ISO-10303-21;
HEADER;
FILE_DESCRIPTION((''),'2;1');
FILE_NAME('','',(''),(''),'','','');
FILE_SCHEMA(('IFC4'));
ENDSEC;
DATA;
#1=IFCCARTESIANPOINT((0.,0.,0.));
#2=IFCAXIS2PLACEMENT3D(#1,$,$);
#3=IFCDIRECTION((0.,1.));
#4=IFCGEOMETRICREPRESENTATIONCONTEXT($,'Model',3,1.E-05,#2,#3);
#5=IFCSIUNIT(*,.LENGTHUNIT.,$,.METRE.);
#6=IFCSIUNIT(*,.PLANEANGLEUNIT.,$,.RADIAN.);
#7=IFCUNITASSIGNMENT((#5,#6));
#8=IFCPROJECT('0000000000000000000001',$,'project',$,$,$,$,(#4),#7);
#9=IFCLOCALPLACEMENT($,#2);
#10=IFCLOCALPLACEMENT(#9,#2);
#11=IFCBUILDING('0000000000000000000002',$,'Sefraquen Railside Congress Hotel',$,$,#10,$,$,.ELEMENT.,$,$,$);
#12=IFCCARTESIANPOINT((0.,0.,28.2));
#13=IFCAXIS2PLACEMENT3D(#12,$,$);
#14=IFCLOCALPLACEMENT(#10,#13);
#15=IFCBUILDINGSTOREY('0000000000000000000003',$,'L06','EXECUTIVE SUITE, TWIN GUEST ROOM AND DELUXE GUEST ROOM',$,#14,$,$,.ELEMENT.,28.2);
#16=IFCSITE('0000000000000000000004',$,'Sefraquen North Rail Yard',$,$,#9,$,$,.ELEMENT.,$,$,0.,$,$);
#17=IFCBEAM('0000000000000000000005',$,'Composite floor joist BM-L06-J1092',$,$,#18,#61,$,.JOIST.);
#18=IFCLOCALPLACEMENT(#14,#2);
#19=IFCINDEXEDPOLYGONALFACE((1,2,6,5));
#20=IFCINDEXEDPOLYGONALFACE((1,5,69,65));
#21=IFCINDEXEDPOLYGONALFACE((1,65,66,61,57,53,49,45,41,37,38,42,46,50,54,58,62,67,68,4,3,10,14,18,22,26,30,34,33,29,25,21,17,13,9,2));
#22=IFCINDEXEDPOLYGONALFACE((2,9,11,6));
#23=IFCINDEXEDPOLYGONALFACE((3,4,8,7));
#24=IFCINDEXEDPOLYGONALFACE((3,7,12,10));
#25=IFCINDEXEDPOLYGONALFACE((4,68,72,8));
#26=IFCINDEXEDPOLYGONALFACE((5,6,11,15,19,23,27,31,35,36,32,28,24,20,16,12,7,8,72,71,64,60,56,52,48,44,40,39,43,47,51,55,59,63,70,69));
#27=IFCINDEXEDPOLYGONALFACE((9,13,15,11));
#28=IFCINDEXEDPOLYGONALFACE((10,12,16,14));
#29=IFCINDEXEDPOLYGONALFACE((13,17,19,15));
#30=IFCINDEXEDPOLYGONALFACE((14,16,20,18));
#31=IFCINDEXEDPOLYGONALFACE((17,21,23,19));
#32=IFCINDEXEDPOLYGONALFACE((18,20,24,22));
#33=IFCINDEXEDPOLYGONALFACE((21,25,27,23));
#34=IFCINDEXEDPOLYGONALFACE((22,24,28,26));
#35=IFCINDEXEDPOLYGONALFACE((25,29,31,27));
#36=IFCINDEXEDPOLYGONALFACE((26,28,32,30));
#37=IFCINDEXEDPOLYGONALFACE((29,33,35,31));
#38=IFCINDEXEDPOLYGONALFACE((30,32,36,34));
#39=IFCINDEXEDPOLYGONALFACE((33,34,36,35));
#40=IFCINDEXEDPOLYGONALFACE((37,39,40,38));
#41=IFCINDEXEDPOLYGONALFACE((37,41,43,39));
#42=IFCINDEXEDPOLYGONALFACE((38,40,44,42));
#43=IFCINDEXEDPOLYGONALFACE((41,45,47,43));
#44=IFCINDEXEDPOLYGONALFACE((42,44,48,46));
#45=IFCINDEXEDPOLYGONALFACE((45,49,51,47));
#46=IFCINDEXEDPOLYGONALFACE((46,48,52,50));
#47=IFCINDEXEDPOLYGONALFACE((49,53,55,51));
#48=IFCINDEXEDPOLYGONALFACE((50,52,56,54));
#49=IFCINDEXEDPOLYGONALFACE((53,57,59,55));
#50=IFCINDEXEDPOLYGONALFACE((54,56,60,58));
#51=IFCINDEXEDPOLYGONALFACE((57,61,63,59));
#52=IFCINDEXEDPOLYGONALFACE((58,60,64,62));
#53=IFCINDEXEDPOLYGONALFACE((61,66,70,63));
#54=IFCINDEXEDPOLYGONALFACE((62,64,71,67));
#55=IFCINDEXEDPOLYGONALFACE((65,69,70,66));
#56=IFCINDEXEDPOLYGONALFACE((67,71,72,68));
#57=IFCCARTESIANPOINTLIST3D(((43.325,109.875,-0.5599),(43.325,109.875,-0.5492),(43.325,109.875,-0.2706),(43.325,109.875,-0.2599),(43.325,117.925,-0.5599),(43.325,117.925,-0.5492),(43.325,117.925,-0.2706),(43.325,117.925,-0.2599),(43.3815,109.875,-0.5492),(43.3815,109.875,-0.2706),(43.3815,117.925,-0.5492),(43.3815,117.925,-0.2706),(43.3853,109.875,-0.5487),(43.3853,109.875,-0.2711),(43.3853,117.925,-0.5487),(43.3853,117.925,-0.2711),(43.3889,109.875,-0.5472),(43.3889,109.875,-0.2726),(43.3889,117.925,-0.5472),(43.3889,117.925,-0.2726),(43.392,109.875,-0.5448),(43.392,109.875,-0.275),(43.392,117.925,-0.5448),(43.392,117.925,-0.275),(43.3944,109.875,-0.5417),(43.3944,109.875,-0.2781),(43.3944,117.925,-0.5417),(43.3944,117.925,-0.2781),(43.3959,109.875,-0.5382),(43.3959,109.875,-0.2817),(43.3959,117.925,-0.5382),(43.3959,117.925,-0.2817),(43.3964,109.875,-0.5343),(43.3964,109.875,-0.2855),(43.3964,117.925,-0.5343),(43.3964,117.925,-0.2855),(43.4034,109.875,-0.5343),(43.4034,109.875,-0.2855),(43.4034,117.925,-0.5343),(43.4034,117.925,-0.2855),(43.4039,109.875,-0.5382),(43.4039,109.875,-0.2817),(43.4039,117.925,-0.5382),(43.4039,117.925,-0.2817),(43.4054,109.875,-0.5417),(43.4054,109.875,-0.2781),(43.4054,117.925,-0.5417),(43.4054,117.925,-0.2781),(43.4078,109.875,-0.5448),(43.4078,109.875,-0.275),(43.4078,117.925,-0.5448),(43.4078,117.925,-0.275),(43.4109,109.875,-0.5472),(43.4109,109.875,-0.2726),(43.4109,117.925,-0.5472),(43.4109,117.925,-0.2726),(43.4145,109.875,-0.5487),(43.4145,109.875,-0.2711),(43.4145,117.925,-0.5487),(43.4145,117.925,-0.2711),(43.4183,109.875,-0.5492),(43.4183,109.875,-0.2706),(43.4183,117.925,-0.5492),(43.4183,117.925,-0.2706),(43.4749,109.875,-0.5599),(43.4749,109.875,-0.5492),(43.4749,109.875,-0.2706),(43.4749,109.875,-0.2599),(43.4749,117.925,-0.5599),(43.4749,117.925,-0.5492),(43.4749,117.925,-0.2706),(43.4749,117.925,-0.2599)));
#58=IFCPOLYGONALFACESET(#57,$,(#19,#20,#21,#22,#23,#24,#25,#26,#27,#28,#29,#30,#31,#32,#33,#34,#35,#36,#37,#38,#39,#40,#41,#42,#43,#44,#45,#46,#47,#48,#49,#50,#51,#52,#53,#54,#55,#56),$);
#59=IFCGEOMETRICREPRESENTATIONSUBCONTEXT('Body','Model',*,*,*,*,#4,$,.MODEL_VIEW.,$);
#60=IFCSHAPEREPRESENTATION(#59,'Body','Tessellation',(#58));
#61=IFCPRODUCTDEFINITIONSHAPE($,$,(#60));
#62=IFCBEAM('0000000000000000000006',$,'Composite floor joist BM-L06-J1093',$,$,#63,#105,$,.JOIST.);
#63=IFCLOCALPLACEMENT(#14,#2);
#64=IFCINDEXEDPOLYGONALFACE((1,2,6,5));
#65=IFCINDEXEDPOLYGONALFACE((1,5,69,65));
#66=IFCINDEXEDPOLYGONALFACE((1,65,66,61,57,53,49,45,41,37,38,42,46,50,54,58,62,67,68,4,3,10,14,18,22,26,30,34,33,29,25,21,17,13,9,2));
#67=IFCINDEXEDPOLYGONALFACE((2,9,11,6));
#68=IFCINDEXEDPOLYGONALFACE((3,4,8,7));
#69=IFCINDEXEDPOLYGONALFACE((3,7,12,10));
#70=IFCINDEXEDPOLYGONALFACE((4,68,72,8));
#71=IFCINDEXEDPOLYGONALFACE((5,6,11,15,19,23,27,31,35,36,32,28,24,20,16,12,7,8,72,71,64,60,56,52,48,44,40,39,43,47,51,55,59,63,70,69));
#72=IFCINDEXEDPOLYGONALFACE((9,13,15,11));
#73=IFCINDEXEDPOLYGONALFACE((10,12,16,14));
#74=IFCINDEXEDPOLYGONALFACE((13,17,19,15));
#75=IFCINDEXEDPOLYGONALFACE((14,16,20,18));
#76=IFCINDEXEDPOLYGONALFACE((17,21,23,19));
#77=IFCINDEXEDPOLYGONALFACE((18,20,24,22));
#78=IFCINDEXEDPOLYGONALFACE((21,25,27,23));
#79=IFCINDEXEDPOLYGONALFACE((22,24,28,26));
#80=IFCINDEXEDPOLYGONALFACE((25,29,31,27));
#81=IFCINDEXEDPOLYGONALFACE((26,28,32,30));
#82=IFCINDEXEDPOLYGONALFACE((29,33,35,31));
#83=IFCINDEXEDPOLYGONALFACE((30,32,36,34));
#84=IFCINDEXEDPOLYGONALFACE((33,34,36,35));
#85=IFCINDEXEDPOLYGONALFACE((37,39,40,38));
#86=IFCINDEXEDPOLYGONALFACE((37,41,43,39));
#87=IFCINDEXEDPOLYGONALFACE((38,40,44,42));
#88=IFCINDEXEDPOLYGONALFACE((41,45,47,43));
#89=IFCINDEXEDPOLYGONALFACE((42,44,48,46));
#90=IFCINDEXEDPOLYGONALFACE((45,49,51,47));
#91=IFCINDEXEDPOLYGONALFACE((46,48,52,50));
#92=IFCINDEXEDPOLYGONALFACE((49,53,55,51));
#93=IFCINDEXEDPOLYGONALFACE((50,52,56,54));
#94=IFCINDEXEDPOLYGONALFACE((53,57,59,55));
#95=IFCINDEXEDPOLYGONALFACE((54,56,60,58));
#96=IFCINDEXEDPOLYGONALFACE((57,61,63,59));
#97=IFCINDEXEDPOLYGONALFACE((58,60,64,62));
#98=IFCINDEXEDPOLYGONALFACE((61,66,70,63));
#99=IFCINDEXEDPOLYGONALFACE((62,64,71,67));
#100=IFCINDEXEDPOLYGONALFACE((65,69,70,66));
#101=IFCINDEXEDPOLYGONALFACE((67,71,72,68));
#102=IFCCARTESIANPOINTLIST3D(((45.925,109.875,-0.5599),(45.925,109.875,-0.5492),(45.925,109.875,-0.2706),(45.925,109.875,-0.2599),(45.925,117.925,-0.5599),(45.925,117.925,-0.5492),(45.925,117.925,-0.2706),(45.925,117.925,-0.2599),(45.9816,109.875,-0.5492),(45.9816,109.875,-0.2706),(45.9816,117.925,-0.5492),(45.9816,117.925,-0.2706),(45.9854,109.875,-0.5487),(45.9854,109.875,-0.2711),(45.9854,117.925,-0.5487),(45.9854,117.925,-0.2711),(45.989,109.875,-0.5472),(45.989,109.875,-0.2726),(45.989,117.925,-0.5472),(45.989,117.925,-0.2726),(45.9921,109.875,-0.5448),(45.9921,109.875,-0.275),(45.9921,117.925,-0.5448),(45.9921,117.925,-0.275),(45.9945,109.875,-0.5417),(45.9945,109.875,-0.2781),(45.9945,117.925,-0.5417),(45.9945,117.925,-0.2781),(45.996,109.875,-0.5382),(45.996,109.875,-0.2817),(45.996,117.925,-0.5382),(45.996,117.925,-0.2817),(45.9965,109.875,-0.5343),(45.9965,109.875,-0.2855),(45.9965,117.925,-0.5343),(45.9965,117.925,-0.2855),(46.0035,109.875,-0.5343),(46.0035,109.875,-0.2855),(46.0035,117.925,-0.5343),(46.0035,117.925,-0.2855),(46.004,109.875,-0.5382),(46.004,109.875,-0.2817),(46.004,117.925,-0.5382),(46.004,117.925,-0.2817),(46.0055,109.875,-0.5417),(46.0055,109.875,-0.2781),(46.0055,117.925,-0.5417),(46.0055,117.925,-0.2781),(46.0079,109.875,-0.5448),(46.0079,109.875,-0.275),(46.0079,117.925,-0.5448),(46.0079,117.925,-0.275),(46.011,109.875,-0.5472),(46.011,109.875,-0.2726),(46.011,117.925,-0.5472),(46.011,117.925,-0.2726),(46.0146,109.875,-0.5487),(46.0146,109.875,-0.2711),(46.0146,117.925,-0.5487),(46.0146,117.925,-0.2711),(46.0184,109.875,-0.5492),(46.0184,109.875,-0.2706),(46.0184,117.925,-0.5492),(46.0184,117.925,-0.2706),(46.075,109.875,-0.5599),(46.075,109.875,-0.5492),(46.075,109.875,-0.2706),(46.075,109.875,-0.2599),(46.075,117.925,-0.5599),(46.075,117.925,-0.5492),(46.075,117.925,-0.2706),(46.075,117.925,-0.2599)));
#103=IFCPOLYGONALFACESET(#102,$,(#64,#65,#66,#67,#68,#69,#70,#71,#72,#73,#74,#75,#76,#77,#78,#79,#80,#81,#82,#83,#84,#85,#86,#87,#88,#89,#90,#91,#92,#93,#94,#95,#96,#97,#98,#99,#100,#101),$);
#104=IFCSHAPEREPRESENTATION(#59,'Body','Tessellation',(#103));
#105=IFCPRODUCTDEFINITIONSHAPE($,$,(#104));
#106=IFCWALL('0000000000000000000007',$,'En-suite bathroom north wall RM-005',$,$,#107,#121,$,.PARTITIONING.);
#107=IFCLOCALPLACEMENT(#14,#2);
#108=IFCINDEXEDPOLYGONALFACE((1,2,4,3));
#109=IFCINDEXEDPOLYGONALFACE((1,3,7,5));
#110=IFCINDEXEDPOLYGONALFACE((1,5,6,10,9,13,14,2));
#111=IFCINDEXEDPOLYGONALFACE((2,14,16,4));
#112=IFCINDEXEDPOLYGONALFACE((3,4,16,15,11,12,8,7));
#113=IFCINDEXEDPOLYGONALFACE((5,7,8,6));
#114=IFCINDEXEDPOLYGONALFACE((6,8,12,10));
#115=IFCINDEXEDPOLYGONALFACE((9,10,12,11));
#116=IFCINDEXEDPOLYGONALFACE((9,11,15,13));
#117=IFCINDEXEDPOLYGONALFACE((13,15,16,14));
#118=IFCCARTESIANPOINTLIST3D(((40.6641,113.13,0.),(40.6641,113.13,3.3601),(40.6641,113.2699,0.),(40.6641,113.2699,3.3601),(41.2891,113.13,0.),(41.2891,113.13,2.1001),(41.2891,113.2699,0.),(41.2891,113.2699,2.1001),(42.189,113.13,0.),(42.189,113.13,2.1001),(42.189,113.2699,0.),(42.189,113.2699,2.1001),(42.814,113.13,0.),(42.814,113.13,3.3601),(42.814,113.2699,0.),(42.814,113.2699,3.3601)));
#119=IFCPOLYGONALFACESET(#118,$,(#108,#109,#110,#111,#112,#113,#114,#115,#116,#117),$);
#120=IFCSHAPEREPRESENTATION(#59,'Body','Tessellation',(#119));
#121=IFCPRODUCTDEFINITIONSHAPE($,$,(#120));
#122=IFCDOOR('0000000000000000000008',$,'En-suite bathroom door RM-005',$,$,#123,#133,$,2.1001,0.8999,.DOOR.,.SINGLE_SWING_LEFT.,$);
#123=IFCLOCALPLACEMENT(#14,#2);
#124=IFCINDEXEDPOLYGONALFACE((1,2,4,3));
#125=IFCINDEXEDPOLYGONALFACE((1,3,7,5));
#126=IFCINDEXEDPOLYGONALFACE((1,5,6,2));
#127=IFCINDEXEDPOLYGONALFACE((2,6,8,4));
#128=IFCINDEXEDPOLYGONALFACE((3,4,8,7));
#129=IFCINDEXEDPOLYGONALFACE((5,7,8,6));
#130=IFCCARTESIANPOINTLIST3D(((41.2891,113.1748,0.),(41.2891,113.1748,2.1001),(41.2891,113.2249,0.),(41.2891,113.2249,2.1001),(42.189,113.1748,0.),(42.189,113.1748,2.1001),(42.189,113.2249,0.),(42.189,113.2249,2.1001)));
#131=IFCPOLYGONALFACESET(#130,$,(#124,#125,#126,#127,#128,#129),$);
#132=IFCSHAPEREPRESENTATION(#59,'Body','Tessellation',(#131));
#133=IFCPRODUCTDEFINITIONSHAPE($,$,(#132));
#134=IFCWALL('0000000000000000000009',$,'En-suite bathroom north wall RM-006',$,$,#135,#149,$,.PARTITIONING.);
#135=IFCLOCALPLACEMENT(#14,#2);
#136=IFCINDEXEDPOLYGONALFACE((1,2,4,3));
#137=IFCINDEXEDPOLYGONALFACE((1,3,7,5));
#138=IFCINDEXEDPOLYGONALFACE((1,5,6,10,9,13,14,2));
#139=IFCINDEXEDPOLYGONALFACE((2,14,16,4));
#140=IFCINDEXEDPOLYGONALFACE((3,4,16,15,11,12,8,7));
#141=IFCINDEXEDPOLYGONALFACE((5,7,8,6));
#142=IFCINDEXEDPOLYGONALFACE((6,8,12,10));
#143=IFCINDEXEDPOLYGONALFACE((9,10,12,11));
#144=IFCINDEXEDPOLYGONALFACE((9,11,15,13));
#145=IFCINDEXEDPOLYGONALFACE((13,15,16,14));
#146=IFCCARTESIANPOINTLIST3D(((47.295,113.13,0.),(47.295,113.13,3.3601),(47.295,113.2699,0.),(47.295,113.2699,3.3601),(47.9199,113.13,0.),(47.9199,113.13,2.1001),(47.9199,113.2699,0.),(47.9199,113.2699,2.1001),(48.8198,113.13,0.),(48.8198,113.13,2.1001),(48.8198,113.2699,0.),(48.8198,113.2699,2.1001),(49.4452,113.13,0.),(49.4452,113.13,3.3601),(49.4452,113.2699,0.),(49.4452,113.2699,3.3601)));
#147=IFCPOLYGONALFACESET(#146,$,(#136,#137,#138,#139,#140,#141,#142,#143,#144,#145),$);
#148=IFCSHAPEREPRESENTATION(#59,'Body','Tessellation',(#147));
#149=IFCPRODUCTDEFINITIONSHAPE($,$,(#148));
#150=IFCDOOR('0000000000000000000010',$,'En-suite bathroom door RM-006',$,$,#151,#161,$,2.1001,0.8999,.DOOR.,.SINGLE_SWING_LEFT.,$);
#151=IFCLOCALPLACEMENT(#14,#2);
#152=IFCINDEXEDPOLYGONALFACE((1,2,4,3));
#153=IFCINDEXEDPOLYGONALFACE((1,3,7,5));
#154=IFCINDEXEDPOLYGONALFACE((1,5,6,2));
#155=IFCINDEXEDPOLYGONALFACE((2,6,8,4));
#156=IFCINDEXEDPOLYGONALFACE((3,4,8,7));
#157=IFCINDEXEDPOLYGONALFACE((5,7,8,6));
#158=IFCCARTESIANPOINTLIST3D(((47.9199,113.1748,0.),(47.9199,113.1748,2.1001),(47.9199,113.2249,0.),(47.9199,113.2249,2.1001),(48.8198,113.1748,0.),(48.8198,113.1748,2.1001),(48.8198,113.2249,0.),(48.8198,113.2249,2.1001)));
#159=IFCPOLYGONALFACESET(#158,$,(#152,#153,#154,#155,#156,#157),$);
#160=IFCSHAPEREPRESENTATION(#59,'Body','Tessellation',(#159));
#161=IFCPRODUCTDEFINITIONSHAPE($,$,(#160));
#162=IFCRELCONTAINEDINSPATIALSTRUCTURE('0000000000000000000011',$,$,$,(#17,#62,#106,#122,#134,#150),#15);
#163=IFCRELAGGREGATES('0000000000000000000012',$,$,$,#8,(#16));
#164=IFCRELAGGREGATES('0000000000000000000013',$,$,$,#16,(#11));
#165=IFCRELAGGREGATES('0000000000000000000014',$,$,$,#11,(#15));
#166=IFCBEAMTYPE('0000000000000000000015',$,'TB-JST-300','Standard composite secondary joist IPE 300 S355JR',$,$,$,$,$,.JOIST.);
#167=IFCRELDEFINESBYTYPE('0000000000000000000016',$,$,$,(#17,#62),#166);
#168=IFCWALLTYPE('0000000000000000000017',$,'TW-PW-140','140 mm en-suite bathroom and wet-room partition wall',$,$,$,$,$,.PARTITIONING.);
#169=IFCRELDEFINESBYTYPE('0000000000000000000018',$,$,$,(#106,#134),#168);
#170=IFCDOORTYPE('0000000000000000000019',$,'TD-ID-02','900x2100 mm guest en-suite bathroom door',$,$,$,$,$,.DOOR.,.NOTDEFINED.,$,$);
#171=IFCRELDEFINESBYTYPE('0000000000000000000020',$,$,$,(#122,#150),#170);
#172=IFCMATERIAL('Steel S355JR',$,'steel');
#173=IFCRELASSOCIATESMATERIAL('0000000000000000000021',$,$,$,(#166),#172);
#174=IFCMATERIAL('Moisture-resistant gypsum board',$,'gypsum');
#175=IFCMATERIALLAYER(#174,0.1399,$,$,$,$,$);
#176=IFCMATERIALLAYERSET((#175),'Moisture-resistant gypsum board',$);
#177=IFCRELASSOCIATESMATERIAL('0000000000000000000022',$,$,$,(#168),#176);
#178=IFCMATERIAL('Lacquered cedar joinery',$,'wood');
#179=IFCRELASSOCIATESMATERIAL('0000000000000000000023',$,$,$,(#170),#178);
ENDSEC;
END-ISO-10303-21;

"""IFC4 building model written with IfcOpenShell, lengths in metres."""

from ifc_helpers import new_model, si_unit, direction, frame, frame_2d, origin, origin_2d, place, context, subcontext, project, spatial, rectangle, i_section, extrude, material, layer, layer_set, material_profile, profile_set, type_object, element, fill, save


model = new_model("IFC4")

# Units and contexts
model_context = context("Model", 3, precision=1e-05, world=origin(), true_north=direction((0.0, 1.0)))
body_context = subcontext(model_context, "Body", "Model", "MODEL_VIEW")
ifc_project = project(units=[si_unit("LENGTHUNIT", "METRE"), si_unit("PLANEANGLEUNIT", "RADIAN")], contexts=[model_context])

# Site, building, storey
site_placement = place(None, origin())
site = spatial("IfcSite", under=ifc_project, at=site_placement, Name="Sefraquen North Rail Yard", CompositionType="ELEMENT", RefElevation=0.0)
building_placement = place(site_placement, origin())
building = spatial("IfcBuilding", under=site, at=building_placement, Name="Sefraquen Railside Congress Hotel", CompositionType="ELEMENT")
storey_placement = place(building_placement, frame((0.0, 0.0, 28.2)))
storey = spatial("IfcBuildingStorey", under=building, at=storey_placement, Name="L06", Description="EXECUTIVE SUITE, TWIN GUEST ROOM AND DELUXE GUEST ROOM", CompositionType="ELEMENT", Elevation=28.2)

# Shared definitions
ifc_material_1 = material(Name="Steel S355JR", Category="steel")

# Beams
ifc_material_profile_1 = material_profile(ifc_material_1, i_section(OverallWidth=0.1499, OverallDepth=0.3, WebThickness=0.0071, FlangeThickness=0.0107, FilletRadius=0.0149, at=origin_2d()), Name="IPE 300")
ifc_profile_set_1 = profile_set([ifc_material_profile_1], Name="Steel S355JR")
beam_type_1 = type_object("IfcBeamType", Name="TB-JST-300", Description="Standard composite secondary joist IPE 300 S355JR", PredefinedType="JOIST", material=ifc_profile_set_1)
for number, where, z_axis, x_axis, name in (
    (1, (43.3999, 109.875, -0.4099), (0.0, 1.0, 0.0), (-1.0, 0.0, 0.0), "Composite floor joist BM-L06-J1092"),
    (2, (46.0, 109.875, -0.4099), (0.0, 1.0, 0.0), (-1.0, 0.0, 0.0), "Composite floor joist BM-L06-J1093"),
):
    element("IfcBeam", number, at=place(storey_placement, frame(where, z_axis=z_axis, x_axis=x_axis)), inside=storey, type_object=beam_type_1, Name=name, PredefinedType="JOIST", context=body_context, shape_type="SweptSolid", body=[
        extrude(i_section(OverallWidth=0.1499, OverallDepth=0.3, WebThickness=0.0071, FlangeThickness=0.0107, FilletRadius=0.0149, at=origin_2d()), origin(), (0.0, 0.0, 1.0), 8.05),
    ])

# Walls, openings, doors
ifc_material_2 = material(Name="Moisture-resistant gypsum board", Category="gypsum")
ifc_layer = layer(ifc_material_2, 0.1399)
ifc_layer_set = layer_set([ifc_layer], Name="Moisture-resistant gypsum board")
wall_type = type_object("IfcWallType", Name="TW-PW-140", Description="140 mm en-suite bathroom and wet-room partition wall", PredefinedType="PARTITIONING", material=ifc_layer_set)
wall_1_placement = place(storey_placement, frame((40.6641, 113.2, 0.0), z_axis=(0.0, 0.0, 1.0), x_axis=(1.0, 0.0, 0.0)))
wall_1 = element("IfcWall", 3, at=wall_1_placement, inside=storey, type_object=wall_type, Name="En-suite bathroom north wall RM-005", PredefinedType="PARTITIONING", context=body_context, shape_type="SweptSolid", body=[
    extrude(rectangle(XDim=2.1499, YDim=0.1399, at=frame_2d((1.075, 0.0))), origin(), (0.0, 0.0, 1.0), 3.3601),
])
opening_1_placement = place(wall_1_placement, frame((0.625, 0.0, 0.0)))
opening_1 = element("IfcOpeningElement", 4, at=opening_1_placement, cuts=wall_1, PredefinedType="OPENING", context=body_context, shape_type="SweptSolid", body=[
    extrude(rectangle(XDim=0.8999, YDim=2.1001, at=frame_2d((0.45, 1.05))), frame((0.0, 0.0798, 0.0), z_axis=(0.0, -1.0, 0.0), x_axis=(1.0, 0.0, 0.0)), (0.0, 0.0, 1.0), 0.1599),
])
ifc_material_3 = material(Name="Lacquered cedar joinery", Category="wood")
door_type = type_object("IfcDoorType", Name="TD-ID-02", Description="900x2100 mm guest en-suite bathroom door", OperationType="NOTDEFINED", PredefinedType="DOOR", material=ifc_material_3)
door_1_placement = place(opening_1_placement, origin())
door_1 = element("IfcDoor", 5, at=door_1_placement, inside=storey, type_object=door_type, Name="En-suite bathroom door RM-005", OperationType="SINGLE_SWING_LEFT", OverallHeight=2.1001, OverallWidth=0.8999, PredefinedType="DOOR", context=body_context, shape_type="SweptSolid", body=[
    extrude(rectangle(XDim=0.8999, YDim=2.1001, at=frame_2d((0.45, 1.05))), frame((0.0, 0.0249, 0.0), z_axis=(0.0, -1.0, 0.0), x_axis=(1.0, 0.0, 0.0)), (0.0, 0.0, 1.0), 0.05),
])
fill(opening_1, door_1)
wall_2_placement = place(storey_placement, frame((47.2949, 113.2, 0.0), z_axis=(0.0, 0.0, 1.0), x_axis=(1.0, 0.0, 0.0)))
wall_2 = element("IfcWall", 6, at=wall_2_placement, inside=storey, type_object=wall_type, Name="En-suite bathroom north wall RM-006", PredefinedType="PARTITIONING", context=body_context, shape_type="SweptSolid", body=[
    extrude(rectangle(XDim=2.1501, YDim=0.1399, at=frame_2d((1.0752, 0.0))), origin(), (0.0, 0.0, 1.0), 3.3601),
])
opening_2_placement = place(wall_2_placement, frame((0.625, 0.0, 0.0)))
opening_2 = element("IfcOpeningElement", 7, at=opening_2_placement, cuts=wall_2, PredefinedType="OPENING", context=body_context, shape_type="SweptSolid", body=[
    extrude(rectangle(XDim=0.8999, YDim=2.1001, at=frame_2d((0.45, 1.05))), frame((0.0, 0.0798, 0.0), z_axis=(0.0, -1.0, 0.0), x_axis=(1.0, 0.0, 0.0)), (0.0, 0.0, 1.0), 0.1599),
])
door_2_placement = place(opening_2_placement, origin())
door_2 = element("IfcDoor", 8, at=door_2_placement, inside=storey, type_object=door_type, Name="En-suite bathroom door RM-006", OperationType="SINGLE_SWING_LEFT", OverallHeight=2.1001, OverallWidth=0.8999, PredefinedType="DOOR", context=body_context, shape_type="SweptSolid", body=[
    extrude(rectangle(XDim=0.8999, YDim=2.1001, at=frame_2d((0.45, 1.05))), frame((0.0, 0.0249, 0.0), z_axis=(0.0, -1.0, 0.0), x_axis=(1.0, 0.0, 0.0)), (0.0, 0.0, 1.0), 0.05),
])
fill(opening_2, door_2)

save(model, "model.ifc")
